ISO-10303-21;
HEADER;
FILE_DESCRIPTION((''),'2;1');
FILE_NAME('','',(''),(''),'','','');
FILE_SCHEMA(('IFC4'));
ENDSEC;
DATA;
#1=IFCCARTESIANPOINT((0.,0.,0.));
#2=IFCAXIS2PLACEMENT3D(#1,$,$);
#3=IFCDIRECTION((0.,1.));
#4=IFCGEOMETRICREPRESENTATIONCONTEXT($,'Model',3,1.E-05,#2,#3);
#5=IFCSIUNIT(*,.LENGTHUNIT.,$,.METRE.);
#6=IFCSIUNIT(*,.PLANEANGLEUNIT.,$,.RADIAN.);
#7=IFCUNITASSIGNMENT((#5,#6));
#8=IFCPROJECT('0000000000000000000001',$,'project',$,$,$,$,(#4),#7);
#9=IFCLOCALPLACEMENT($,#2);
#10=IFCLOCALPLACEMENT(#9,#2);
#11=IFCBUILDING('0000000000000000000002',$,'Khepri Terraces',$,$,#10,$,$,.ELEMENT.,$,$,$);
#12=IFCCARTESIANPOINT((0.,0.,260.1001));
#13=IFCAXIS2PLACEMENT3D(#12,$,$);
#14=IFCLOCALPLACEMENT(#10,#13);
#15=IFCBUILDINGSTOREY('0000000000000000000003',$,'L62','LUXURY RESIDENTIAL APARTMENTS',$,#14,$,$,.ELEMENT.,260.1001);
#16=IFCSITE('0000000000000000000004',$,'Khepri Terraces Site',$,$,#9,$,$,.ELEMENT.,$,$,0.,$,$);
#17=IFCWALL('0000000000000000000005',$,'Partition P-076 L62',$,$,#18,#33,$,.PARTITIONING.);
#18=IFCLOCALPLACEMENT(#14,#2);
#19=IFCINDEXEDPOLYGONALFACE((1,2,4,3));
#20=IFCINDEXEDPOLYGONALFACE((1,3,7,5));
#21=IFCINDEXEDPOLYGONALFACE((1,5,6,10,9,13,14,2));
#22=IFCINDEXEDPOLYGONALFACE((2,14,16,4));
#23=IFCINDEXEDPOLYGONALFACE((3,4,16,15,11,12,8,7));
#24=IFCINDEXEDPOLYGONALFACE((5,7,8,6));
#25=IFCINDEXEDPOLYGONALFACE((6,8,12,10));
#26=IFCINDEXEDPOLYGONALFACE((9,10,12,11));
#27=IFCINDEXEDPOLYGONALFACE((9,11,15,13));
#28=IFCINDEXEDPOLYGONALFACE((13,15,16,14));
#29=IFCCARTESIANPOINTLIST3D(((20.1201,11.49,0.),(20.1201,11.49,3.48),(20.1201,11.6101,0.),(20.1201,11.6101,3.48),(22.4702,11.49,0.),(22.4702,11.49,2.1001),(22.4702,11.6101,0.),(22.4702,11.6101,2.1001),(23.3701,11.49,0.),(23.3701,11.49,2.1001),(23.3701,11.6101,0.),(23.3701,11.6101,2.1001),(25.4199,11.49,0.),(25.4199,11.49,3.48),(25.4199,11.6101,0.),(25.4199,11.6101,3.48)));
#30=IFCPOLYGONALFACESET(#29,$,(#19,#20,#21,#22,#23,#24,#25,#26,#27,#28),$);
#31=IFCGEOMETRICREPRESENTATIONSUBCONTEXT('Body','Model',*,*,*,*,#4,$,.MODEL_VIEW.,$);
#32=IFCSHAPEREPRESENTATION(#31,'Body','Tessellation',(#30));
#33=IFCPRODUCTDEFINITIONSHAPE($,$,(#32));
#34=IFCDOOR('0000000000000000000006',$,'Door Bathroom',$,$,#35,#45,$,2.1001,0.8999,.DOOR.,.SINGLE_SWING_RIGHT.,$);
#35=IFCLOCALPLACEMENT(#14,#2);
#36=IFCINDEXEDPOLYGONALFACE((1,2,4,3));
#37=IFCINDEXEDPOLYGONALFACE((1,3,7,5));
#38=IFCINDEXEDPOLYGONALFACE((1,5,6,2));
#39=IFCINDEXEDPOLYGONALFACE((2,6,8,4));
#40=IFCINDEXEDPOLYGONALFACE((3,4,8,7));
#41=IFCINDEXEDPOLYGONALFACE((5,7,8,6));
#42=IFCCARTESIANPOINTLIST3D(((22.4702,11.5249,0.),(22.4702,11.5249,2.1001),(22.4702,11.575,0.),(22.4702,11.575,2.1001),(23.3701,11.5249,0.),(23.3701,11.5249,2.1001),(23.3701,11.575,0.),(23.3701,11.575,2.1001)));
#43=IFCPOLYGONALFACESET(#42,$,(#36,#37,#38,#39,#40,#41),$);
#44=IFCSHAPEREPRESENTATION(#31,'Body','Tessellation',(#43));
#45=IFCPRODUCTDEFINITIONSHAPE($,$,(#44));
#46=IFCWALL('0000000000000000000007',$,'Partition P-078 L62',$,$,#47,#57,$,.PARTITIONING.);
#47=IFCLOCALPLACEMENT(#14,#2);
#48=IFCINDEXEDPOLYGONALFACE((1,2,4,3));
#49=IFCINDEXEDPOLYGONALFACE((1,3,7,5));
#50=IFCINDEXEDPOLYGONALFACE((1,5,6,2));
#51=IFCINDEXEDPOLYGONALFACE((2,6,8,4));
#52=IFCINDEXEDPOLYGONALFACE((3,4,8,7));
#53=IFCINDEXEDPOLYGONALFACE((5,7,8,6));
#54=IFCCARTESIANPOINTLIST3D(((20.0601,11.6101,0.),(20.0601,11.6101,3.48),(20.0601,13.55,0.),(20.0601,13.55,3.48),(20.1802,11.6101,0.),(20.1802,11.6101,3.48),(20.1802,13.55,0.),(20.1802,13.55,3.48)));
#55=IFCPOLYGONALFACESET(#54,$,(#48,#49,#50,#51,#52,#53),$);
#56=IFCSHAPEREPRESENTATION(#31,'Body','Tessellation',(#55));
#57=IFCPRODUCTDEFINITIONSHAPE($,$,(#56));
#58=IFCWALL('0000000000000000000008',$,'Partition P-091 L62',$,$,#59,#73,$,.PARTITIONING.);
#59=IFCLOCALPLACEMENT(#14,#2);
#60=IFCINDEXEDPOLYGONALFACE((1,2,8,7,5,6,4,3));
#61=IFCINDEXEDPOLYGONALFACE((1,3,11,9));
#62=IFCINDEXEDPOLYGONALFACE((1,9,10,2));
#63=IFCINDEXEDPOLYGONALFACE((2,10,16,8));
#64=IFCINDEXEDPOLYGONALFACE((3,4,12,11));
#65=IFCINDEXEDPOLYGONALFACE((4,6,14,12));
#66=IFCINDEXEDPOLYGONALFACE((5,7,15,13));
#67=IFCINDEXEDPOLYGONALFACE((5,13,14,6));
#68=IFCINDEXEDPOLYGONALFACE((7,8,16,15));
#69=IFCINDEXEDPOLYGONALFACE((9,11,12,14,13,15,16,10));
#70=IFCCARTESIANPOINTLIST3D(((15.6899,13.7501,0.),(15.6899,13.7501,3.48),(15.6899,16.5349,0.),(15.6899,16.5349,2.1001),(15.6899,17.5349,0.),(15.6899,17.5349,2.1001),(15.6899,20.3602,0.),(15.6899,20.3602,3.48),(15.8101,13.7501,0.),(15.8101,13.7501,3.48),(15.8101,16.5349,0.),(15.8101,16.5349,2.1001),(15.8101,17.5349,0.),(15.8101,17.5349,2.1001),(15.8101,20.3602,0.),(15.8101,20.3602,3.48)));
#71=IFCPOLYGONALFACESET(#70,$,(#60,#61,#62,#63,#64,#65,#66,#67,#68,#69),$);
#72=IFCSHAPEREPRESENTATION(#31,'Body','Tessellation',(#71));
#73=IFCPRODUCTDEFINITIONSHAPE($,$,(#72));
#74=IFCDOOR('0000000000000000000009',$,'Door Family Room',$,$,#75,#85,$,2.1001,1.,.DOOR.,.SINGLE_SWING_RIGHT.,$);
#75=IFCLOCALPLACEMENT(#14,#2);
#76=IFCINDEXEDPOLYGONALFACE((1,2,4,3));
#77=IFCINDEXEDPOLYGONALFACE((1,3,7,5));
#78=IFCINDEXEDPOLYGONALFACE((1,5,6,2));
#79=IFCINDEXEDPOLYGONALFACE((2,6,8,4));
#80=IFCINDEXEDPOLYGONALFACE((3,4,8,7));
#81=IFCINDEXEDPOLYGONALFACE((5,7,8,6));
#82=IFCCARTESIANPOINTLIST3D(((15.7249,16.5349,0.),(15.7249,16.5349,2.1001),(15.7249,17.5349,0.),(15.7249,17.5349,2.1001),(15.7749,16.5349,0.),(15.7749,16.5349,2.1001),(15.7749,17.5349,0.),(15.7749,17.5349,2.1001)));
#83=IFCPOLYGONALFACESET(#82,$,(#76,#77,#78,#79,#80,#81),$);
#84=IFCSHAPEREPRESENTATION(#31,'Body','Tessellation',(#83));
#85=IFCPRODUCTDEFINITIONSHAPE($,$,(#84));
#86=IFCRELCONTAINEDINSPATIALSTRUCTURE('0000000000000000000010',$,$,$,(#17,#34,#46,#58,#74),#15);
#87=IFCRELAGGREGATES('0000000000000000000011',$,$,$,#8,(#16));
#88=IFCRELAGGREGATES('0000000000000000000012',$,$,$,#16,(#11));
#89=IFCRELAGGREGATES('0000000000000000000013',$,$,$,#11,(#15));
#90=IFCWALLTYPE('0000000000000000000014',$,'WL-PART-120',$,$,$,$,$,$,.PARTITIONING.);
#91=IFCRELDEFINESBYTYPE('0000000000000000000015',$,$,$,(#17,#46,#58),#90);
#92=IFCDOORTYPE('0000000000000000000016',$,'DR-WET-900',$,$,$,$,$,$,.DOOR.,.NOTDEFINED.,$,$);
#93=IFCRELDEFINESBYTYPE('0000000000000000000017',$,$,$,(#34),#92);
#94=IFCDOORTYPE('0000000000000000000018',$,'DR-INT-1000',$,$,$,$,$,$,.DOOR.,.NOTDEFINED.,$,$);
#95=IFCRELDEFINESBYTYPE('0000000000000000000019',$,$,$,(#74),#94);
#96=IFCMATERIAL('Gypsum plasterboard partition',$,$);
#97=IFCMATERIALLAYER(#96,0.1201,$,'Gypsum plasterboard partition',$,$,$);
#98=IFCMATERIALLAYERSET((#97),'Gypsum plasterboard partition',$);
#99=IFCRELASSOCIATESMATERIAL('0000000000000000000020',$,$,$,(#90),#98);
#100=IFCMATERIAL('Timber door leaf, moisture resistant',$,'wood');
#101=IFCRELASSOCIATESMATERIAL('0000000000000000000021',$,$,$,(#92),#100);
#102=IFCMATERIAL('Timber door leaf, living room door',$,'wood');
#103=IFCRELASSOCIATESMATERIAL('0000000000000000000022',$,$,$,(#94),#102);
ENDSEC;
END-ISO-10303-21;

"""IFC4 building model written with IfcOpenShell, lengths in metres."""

from ifc_helpers import new_model, si_unit, direction, frame, frame_2d, origin, place, context, subcontext, project, spatial, rectangle, extrude, material, layer, layer_set, type_object, element, fill, save


model = new_model("IFC4")

# Units and contexts
model_context = context("Model", 3, precision=1e-05, world=origin(), true_north=direction((0.0, 1.0)))
body_context = subcontext(model_context, "Body", "Model", "MODEL_VIEW")
ifc_project = project(units=[si_unit("LENGTHUNIT", "METRE"), si_unit("PLANEANGLEUNIT", "RADIAN")], contexts=[model_context])

# Site, building, storey
site_placement = place(None, origin())
site = spatial("IfcSite", under=ifc_project, at=site_placement, Name="Khepri Terraces Site", CompositionType="ELEMENT", RefElevation=0.0)
building_placement = place(site_placement, origin())
building = spatial("IfcBuilding", under=site, at=building_placement, Name="Khepri Terraces", CompositionType="ELEMENT")
storey_placement = place(building_placement, frame((0.0, 0.0, 260.1001)))
storey = spatial("IfcBuildingStorey", under=building, at=storey_placement, Name="L62", Description="LUXURY RESIDENTIAL APARTMENTS", CompositionType="ELEMENT", Elevation=260.1001)

# Wall, opening, door
ifc_material_1 = material(Name="Gypsum plasterboard partition")
ifc_layer_1 = layer(ifc_material_1, 0.1201, Name="Gypsum plasterboard partition")
ifc_layer_set_1 = layer_set([ifc_layer_1], Name="Gypsum plasterboard partition")
wall_type_1 = type_object("IfcWallType", Name="WL-PART-120", PredefinedType="PARTITIONING", material=ifc_layer_set_1)
wall_1_placement = place(storey_placement, frame((20.1201, 11.55, 0.0), z_axis=(0.0, 0.0, 1.0), x_axis=(1.0, 0.0, 0.0)))
wall_1 = element("IfcWall", 1, at=wall_1_placement, inside=storey, type_object=wall_type_1, Name="Partition P-076 L62", PredefinedType="PARTITIONING", context=body_context, shape_type="SweptSolid", body=[
    extrude(rectangle(XDim=5.2998, YDim=0.1201, at=frame_2d((2.6499, 0.0))), origin(), (0.0, 0.0, 1.0), 3.48),
])
opening_1_placement = place(wall_1_placement, frame((2.3501, 0.0, 0.0)))
opening_1 = element("IfcOpeningElement", 2, at=opening_1_placement, cuts=wall_1, PredefinedType="OPENING", context=body_context, shape_type="SweptSolid", body=[
    extrude(rectangle(XDim=0.8999, YDim=2.1001, at=frame_2d((0.45, 1.05))), frame((0.0, 0.0701, 0.0), z_axis=(0.0, -1.0, 0.0), x_axis=(1.0, 0.0, 0.0)), (0.0, 0.0, 1.0), 0.1401),
])
ifc_material_2 = material(Name="Timber door leaf, moisture resistant", Category="wood")
door_type_1 = type_object("IfcDoorType", Name="DR-WET-900", OperationType="NOTDEFINED", PredefinedType="DOOR", material=ifc_material_2)
door_1_placement = place(opening_1_placement, origin())
door_1 = element("IfcDoor", 3, at=door_1_placement, inside=storey, type_object=door_type_1, Name="Door Bathroom", OperationType="SINGLE_SWING_RIGHT", OverallHeight=2.1001, OverallWidth=0.8999, PredefinedType="DOOR", context=body_context, shape_type="SweptSolid", body=[
    extrude(rectangle(XDim=0.8999, YDim=2.1001, at=frame_2d((0.45, 1.05))), frame((0.0, 0.0249, 0.0), z_axis=(0.0, -1.0, 0.0), x_axis=(1.0, 0.0, 0.0)), (0.0, 0.0, 1.0), 0.05),
])
fill(opening_1, door_1)

# Wall
wall_2_placement = place(storey_placement, frame((20.1201, 11.6101, 0.0), z_axis=(0.0, 0.0, 1.0), x_axis=(0.0, 1.0, 0.0)))
element("IfcWall", 4, at=wall_2_placement, inside=storey, type_object=wall_type_1, Name="Partition P-078 L62", PredefinedType="PARTITIONING", context=body_context, shape_type="SweptSolid", body=[
    extrude(rectangle(XDim=1.9399, YDim=0.1201, at=frame_2d((0.97, 0.0))), origin(), (0.0, 0.0, 1.0), 3.48),
])

# Wall, opening, door
wall_3_placement = place(storey_placement, frame((15.75, 13.75, 0.0), z_axis=(0.0, 0.0, 1.0), x_axis=(0.0, 1.0, 0.0)))
wall_3 = element("IfcWall", 5, at=wall_3_placement, inside=storey, type_object=wall_type_1, Name="Partition P-091 L62", PredefinedType="PARTITIONING", context=body_context, shape_type="SweptSolid", body=[
    extrude(rectangle(XDim=6.6101, YDim=0.1201, at=frame_2d((3.3052, 0.0))), origin(), (0.0, 0.0, 1.0), 3.48),
])
opening_2_placement = place(wall_3_placement, frame((2.7849, 0.0, 0.0)))
opening_2 = element("IfcOpeningElement", 6, at=opening_2_placement, cuts=wall_3, PredefinedType="OPENING", context=body_context, shape_type="SweptSolid", body=[
    extrude(rectangle(XDim=1.0, YDim=2.1001, at=frame_2d((0.5, 1.05))), frame((0.0, 0.0701, 0.0), z_axis=(0.0, -1.0, 0.0), x_axis=(1.0, 0.0, 0.0)), (0.0, 0.0, 1.0), 0.1401),
])
ifc_material_3 = material(Name="Timber door leaf, living room door", Category="wood")
door_type_2 = type_object("IfcDoorType", Name="DR-INT-1000", OperationType="NOTDEFINED", PredefinedType="DOOR", material=ifc_material_3)
door_2_placement = place(opening_2_placement, frame((1.0, 0.0, 0.0), z_axis=(0.0, 0.0, 1.0), x_axis=(-1.0, 0.0, 0.0)))
door_2 = element("IfcDoor", 7, at=door_2_placement, inside=storey, type_object=door_type_2, Name="Door Family Room", OperationType="SINGLE_SWING_RIGHT", OverallHeight=2.1001, OverallWidth=1.0, PredefinedType="DOOR", context=body_context, shape_type="SweptSolid", body=[
    extrude(rectangle(XDim=1.0, YDim=2.1001, at=frame_2d((0.5, 1.05))), frame((0.0, 0.0249, 0.0), z_axis=(0.0, -1.0, 0.0), x_axis=(1.0, 0.0, 0.0)), (0.0, 0.0, 1.0), 0.05),
])
fill(opening_2, door_2)

save(model, "model.ifc")
